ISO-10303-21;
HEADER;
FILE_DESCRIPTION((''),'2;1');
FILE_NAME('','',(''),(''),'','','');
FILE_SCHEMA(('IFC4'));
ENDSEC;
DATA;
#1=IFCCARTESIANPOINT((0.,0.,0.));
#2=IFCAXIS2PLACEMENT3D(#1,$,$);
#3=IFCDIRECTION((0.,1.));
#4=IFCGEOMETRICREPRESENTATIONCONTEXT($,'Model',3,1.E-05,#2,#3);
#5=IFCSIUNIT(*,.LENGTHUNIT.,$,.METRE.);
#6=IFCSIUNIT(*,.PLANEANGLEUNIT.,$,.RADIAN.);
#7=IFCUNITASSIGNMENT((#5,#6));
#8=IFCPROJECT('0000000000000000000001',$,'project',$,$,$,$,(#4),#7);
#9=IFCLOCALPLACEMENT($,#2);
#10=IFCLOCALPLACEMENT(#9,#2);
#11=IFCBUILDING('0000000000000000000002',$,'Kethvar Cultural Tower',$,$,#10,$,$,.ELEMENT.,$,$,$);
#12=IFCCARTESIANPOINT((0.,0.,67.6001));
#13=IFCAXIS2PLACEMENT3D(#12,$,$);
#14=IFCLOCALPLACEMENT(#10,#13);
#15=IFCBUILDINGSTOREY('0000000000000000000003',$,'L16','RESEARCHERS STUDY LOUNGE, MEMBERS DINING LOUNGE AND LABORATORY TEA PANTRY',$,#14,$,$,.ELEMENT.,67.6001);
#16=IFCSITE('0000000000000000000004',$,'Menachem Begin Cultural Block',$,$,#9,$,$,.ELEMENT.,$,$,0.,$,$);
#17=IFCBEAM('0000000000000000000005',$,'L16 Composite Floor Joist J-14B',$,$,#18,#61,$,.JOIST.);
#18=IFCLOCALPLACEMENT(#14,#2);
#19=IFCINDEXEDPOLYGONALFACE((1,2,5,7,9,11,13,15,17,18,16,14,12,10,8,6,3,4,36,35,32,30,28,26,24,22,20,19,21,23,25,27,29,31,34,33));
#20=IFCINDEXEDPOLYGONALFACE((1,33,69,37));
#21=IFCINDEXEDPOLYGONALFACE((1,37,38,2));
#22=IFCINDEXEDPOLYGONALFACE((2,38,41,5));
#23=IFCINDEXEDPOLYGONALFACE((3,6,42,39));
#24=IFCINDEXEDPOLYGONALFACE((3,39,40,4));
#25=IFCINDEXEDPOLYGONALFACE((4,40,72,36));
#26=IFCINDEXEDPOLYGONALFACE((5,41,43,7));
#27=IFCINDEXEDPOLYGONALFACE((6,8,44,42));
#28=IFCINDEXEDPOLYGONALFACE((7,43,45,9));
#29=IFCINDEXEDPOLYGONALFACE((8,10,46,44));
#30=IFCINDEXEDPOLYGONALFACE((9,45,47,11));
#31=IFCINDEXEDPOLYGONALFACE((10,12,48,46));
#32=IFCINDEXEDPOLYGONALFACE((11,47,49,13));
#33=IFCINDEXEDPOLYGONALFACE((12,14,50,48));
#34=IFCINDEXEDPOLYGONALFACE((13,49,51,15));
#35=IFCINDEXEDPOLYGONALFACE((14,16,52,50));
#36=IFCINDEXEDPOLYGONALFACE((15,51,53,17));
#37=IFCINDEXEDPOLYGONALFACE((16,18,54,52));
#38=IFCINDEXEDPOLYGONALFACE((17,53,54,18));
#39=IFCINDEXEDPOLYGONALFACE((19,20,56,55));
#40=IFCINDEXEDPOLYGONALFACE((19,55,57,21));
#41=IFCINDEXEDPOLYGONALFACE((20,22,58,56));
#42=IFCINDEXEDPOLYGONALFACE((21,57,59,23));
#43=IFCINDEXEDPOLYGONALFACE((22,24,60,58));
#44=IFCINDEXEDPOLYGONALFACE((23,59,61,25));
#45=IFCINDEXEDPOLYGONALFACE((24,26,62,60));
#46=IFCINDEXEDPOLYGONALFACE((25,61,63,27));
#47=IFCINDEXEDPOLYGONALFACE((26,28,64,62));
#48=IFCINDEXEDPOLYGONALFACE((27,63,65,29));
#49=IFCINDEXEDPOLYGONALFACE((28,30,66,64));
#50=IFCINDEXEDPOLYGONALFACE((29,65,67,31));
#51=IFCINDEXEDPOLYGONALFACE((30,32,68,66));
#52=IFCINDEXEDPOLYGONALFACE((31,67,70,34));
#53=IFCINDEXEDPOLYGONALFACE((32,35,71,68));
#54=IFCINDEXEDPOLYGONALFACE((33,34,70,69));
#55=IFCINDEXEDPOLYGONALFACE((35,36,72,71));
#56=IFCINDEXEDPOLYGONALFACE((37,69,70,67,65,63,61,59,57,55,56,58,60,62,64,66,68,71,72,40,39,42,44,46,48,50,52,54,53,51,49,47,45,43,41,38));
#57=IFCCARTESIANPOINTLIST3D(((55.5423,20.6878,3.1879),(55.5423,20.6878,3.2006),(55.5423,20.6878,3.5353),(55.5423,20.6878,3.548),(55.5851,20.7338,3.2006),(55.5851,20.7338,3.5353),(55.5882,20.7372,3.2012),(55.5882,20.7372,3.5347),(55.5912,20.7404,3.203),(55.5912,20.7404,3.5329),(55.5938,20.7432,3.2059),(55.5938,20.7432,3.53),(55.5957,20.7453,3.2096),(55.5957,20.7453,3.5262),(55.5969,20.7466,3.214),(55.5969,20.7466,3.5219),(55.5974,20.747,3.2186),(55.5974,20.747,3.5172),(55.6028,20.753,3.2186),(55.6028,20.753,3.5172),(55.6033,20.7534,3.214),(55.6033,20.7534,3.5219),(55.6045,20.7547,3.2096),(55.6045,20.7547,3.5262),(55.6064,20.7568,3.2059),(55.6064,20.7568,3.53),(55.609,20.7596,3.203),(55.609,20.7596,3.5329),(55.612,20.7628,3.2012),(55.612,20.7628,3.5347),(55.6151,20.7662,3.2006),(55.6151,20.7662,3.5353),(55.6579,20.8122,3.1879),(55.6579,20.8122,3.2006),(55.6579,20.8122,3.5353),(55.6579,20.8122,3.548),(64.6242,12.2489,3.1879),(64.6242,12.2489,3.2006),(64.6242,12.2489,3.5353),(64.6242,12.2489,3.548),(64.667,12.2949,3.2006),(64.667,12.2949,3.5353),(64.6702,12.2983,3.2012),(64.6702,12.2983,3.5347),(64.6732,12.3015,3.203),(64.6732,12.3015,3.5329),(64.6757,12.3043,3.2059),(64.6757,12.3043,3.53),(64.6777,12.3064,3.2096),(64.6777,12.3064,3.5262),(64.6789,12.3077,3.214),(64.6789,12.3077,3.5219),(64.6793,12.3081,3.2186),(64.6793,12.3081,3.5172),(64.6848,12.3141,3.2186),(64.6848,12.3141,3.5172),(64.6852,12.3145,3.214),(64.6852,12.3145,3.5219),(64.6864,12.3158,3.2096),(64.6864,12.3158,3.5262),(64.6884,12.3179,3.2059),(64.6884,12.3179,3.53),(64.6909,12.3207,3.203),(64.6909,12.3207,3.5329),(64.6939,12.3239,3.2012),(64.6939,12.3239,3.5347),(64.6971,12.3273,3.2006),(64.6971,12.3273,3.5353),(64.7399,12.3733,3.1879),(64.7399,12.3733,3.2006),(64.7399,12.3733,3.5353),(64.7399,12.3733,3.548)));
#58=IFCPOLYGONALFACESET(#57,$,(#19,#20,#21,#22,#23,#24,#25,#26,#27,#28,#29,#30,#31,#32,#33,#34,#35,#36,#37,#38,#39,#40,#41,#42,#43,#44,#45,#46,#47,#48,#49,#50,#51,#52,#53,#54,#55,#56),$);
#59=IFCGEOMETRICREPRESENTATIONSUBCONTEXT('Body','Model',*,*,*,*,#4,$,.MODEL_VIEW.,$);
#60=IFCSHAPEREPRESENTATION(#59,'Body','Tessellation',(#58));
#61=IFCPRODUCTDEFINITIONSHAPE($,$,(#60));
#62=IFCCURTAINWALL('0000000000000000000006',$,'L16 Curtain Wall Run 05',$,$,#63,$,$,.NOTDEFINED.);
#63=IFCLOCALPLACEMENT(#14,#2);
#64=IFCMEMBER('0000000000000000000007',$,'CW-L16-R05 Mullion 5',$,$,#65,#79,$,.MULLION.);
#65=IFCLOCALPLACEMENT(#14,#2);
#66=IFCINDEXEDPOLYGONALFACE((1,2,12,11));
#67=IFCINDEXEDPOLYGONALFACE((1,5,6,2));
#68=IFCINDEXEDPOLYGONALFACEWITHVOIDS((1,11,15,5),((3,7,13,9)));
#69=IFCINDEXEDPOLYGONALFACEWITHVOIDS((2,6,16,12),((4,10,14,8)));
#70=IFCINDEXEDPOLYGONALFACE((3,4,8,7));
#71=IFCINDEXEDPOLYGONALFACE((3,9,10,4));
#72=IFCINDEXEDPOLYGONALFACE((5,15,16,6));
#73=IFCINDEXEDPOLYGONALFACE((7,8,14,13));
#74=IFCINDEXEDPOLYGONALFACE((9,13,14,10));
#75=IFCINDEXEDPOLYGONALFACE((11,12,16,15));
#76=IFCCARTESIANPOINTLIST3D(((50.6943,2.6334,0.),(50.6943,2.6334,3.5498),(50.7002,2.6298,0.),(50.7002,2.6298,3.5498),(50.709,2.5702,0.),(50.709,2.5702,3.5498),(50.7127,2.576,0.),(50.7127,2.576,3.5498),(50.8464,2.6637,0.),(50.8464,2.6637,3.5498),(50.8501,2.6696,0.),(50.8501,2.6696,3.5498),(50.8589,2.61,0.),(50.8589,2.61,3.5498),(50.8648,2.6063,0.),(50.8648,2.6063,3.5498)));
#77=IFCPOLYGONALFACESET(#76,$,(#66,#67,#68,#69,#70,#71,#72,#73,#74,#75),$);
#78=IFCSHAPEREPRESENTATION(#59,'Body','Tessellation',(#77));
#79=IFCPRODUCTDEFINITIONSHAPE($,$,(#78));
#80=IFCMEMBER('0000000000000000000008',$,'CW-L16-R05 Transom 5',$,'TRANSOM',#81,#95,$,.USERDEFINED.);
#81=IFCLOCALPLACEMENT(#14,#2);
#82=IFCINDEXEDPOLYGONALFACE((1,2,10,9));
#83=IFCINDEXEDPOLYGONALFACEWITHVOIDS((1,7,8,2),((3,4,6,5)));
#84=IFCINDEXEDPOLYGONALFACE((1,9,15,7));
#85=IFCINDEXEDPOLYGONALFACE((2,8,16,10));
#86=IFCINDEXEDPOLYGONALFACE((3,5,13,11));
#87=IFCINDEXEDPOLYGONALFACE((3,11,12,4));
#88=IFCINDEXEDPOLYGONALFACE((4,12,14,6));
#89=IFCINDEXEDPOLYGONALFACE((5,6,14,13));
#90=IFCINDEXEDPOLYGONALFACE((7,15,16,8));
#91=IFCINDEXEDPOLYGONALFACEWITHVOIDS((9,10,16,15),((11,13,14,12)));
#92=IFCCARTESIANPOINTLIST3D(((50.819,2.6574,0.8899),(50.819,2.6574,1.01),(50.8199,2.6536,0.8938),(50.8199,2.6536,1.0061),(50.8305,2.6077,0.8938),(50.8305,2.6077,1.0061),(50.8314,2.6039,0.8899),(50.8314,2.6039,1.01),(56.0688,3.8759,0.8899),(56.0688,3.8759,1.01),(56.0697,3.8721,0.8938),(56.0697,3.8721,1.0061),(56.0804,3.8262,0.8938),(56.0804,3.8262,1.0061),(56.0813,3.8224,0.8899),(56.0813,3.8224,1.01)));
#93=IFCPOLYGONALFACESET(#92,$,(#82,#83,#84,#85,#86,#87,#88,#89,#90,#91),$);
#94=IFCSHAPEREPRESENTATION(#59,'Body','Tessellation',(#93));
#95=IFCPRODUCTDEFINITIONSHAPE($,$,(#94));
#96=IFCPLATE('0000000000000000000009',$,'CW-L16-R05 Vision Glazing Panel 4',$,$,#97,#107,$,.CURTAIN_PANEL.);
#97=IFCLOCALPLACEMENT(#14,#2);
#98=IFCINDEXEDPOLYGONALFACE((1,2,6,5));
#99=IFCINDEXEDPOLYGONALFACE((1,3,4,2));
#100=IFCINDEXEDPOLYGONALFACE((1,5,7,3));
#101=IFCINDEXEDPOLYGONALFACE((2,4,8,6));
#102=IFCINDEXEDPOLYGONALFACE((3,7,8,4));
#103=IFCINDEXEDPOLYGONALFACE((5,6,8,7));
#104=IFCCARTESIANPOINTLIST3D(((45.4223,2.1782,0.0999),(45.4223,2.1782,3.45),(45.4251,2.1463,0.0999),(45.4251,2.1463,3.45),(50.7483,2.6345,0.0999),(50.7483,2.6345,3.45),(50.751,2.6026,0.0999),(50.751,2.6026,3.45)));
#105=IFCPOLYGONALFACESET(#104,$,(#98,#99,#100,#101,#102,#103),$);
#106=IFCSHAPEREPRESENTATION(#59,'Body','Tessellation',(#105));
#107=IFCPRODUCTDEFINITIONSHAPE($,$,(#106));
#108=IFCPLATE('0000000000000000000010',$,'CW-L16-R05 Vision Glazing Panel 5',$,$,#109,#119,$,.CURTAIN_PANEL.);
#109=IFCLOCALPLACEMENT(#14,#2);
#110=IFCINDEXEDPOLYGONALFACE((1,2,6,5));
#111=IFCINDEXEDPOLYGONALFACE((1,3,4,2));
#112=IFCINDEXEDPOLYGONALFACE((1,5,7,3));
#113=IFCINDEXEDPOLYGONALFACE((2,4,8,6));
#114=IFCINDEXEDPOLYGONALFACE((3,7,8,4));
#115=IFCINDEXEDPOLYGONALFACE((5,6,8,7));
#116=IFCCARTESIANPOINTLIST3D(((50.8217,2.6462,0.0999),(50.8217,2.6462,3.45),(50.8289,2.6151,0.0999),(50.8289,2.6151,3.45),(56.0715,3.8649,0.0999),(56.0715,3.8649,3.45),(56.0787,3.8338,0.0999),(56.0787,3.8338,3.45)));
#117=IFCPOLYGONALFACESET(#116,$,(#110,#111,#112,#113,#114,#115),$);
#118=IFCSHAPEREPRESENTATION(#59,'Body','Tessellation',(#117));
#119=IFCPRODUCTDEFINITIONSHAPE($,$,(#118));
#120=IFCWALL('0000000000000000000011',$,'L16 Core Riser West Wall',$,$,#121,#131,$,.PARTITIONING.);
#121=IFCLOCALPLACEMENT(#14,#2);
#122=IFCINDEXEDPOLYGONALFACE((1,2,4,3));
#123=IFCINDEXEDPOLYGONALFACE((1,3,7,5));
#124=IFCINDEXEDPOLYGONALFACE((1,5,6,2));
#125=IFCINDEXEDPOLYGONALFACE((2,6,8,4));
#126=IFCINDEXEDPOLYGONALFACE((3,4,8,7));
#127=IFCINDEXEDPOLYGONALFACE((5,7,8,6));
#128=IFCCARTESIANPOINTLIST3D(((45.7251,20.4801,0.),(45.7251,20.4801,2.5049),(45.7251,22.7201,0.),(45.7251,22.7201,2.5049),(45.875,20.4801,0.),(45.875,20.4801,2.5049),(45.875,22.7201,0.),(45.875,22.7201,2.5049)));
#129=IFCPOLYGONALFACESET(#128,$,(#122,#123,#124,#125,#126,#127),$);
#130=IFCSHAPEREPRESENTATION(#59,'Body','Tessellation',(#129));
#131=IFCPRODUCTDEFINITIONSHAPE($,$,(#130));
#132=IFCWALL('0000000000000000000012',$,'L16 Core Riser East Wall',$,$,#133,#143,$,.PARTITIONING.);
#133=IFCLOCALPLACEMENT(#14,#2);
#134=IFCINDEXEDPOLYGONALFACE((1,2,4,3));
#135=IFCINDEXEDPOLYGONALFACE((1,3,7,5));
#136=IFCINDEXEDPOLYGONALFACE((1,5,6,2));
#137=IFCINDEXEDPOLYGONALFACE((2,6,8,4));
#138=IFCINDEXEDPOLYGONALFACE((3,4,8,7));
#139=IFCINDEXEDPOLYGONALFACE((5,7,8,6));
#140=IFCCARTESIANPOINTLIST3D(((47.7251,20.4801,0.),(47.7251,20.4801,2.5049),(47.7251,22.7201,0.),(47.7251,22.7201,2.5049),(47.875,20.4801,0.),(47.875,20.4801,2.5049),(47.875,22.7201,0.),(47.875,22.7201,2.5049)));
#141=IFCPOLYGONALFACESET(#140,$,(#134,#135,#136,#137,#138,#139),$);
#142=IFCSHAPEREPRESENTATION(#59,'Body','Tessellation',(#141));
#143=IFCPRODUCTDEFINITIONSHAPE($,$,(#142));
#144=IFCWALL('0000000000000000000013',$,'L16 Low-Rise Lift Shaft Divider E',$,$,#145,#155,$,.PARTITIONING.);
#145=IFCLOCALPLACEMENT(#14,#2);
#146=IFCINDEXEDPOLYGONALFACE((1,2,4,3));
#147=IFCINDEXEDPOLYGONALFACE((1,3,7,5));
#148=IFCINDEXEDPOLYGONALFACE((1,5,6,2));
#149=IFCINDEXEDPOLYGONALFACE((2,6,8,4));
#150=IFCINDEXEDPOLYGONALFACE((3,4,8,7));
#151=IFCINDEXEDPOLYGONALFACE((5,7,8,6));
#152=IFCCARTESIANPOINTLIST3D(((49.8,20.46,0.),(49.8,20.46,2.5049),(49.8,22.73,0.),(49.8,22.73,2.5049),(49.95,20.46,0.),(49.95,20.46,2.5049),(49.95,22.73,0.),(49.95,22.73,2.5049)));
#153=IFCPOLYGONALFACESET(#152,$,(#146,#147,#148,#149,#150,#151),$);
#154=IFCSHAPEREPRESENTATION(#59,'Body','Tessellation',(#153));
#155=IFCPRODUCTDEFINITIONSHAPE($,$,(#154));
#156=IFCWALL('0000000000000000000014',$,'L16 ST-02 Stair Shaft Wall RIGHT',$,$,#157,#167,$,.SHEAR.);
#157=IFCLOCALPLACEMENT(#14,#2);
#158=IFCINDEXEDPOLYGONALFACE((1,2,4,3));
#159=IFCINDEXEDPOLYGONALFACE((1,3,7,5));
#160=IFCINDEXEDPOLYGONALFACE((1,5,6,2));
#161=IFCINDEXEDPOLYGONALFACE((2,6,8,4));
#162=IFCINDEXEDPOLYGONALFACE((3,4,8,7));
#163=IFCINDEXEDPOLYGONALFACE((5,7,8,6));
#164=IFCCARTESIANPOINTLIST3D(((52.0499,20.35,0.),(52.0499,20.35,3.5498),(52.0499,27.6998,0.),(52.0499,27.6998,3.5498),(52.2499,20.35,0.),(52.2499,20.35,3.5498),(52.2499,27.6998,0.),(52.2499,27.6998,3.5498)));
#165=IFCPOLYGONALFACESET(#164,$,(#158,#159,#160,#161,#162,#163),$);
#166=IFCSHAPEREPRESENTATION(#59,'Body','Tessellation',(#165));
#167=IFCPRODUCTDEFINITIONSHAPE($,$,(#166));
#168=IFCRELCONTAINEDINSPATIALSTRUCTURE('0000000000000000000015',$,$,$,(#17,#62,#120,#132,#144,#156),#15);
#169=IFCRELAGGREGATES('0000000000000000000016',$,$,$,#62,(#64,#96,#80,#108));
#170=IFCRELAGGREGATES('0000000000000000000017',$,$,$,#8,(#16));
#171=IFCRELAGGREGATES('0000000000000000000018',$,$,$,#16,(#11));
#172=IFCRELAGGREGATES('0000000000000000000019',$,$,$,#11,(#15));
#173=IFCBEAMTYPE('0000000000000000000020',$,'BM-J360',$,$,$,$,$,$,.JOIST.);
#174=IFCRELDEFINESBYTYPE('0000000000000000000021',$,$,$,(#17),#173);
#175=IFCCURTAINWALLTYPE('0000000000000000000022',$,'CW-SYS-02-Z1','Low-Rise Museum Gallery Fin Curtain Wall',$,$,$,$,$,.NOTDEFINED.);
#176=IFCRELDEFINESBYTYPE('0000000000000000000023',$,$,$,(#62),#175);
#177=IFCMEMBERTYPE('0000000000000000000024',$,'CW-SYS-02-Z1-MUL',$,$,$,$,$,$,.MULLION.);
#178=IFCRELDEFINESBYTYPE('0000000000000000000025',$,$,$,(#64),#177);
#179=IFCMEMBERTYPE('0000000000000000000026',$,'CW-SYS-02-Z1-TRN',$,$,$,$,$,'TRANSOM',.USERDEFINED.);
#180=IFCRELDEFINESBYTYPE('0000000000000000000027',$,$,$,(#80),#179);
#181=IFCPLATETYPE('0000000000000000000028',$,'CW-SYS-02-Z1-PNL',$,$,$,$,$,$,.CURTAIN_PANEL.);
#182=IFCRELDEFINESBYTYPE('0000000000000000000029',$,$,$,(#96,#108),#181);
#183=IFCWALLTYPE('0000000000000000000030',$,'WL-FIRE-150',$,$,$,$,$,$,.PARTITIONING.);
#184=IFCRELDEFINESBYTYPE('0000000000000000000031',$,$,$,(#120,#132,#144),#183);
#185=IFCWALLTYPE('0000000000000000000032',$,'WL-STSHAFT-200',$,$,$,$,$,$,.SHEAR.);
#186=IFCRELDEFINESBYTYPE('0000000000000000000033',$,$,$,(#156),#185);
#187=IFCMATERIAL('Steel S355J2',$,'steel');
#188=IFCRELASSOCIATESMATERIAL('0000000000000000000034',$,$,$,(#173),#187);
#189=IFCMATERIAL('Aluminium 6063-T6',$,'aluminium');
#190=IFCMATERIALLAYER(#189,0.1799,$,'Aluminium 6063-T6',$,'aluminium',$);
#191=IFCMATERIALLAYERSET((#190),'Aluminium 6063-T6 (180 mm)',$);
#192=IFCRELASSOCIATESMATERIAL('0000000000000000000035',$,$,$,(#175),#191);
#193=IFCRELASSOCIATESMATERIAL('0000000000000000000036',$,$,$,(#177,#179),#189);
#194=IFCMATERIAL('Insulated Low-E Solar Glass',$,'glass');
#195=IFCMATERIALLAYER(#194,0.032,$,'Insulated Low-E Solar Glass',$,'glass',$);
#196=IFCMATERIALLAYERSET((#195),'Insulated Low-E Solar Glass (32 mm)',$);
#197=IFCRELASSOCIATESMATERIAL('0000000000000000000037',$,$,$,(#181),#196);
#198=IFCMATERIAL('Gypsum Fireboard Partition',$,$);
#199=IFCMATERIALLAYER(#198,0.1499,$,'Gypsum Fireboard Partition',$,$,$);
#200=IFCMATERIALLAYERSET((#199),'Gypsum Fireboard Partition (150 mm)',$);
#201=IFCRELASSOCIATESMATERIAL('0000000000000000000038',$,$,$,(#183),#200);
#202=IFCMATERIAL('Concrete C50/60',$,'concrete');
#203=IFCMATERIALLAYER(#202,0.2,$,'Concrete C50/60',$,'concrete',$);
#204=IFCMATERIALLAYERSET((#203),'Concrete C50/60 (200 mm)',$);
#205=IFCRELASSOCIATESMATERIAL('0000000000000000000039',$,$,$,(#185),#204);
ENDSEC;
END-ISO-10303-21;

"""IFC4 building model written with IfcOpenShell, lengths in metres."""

from ifc_helpers import new_model, si_unit, direction, frame, frame_2d, origin, origin_2d, place, context, subcontext, project, spatial, rectangle, hollow_rectangle, i_section, extrude, source, transform, mapped, material, layer, layer_set, material_profile, profile_set, type_object, element, aggregate, save


model = new_model("IFC4")

# Units and contexts
model_context = context("Model", 3, precision=1e-05, world=origin(), true_north=direction((0.0, 1.0)))
body_context = subcontext(model_context, "Body", "Model", "MODEL_VIEW")
ifc_project = project(units=[si_unit("LENGTHUNIT", "METRE"), si_unit("PLANEANGLEUNIT", "RADIAN")], contexts=[model_context])

# Site, building, storey
site_placement = place(None, origin())
site = spatial("IfcSite", under=ifc_project, at=site_placement, Name="Menachem Begin Cultural Block", CompositionType="ELEMENT", RefElevation=0.0)
building_placement = place(site_placement, origin())
building = spatial("IfcBuilding", under=site, at=building_placement, Name="Kethvar Cultural Tower", CompositionType="ELEMENT")
storey_placement = place(building_placement, frame((0.0, 0.0, 67.6001)))
storey = spatial("IfcBuildingStorey", under=building, at=storey_placement, Name="L16", Description="RESEARCHERS STUDY LOUNGE, MEMBERS DINING LOUNGE AND LABORATORY TEA PANTRY", CompositionType="ELEMENT", Elevation=67.6001)

# Beam
ifc_material_1 = material(Name="Steel S355J2", Category="steel")
ifc_material_profile_1 = material_profile(ifc_material_1, i_section(OverallWidth=0.1699, OverallDepth=0.3601, WebThickness=0.0081, FlangeThickness=0.0127, FilletRadius=0.0181, at=origin_2d()), Name="Steel S355J2 — IPE360")
ifc_profile_set_1 = profile_set([ifc_material_profile_1], Name="Steel S355J2 — IPE360")
beam_type_1 = type_object("IfcBeamType", Name="BM-J360", PredefinedType="JOIST", material=ifc_profile_set_1)
shared_shape_1 = source(origin(), body_context, "Body", "SweptSolid", [
    extrude(i_section(OverallWidth=0.1699, OverallDepth=0.3601, WebThickness=0.0081, FlangeThickness=0.0127, FilletRadius=0.0181, at=origin_2d()), origin(), (0.0, 0.0, 1.0), 12.3975),
])
beam_1_placement = place(storey_placement, frame((55.6001, 20.75, 3.3679), z_axis=(0.732566, -0.680696, 0.0), x_axis=(0.680696, 0.732566, 0.0)))
element("IfcBeam", 1, at=beam_1_placement, inside=storey, type_object=beam_type_1, Name="L16 Composite Floor Joist J-14B", PredefinedType="JOIST", context=body_context, shape_type="MappedRepresentation", body=[
    mapped(shared_shape_1, transform((0.0, 0.0, 0.0), scale=1.0)),
])

# Curtain wall, members, plates
ifc_material_2 = material(Name="Aluminium 6063-T6", Category="aluminium")
ifc_layer_1 = layer(ifc_material_2, 0.1799, Name="Aluminium 6063-T6", Category="aluminium")
ifc_layer_set_1 = layer_set([ifc_layer_1], Name="Aluminium 6063-T6 (180 mm)")
curtain_wall_type = type_object("IfcCurtainWallType", Name="CW-SYS-02-Z1", Description="Low-Rise Museum Gallery Fin Curtain Wall", PredefinedType="NOTDEFINED", material=ifc_layer_set_1)
curtain_wall_placement = place(storey_placement, origin())
curtain_wall = element("IfcCurtainWall", 2, at=curtain_wall_placement, inside=storey, type_object=curtain_wall_type, Name="L16 Curtain Wall Run 05", PredefinedType="NOTDEFINED")
ifc_material_profile_2 = material_profile(ifc_material_2, hollow_rectangle(XDim=0.0649, YDim=0.1599, WallThickness=0.0049, at=origin_2d()), Name="Aluminium 6063-T6 — RHS160x65x5")
ifc_profile_set_2 = profile_set([ifc_material_profile_2], Name="Aluminium 6063-T6 — RHS160x65x5")
member_type_1 = type_object("IfcMemberType", Name="CW-SYS-02-Z1-MUL", PredefinedType="MULLION", material=ifc_profile_set_2)
shared_shape_2 = source(origin(), body_context, "Body", "SweptSolid", [
    extrude(hollow_rectangle(XDim=0.0649, YDim=0.1599, WallThickness=0.0049, at=origin_2d()), origin(), (0.0, 0.0, 1.0), 3.5498),
])
member_1_placement = place(storey_placement, frame((50.7795, 2.6199, 0.0), z_axis=(0.0, 0.0, 1.0), x_axis=(-0.226124, 0.974098, 0.0)))
member_1 = element("IfcMember", 3, at=member_1_placement, type_object=member_type_1, Name="CW-L16-R05 Mullion 5", PredefinedType="MULLION", context=body_context, shape_type="MappedRepresentation", body=[
    mapped(shared_shape_2, transform((0.0, 0.0, 0.0), scale=1.0)),
])
ifc_material_profile_3 = material_profile(ifc_material_2, hollow_rectangle(XDim=0.0549, YDim=0.1201, WallThickness=0.0039, at=origin_2d()), Name="Aluminium 6063-T6 — RHS120x55x4")
ifc_profile_set_3 = profile_set([ifc_material_profile_3], Name="Aluminium 6063-T6 — RHS120x55x4")
member_type_2 = type_object("IfcMemberType", Name="CW-SYS-02-Z1-TRN", ElementType="TRANSOM", PredefinedType="USERDEFINED", material=ifc_profile_set_3)
shared_shape_3 = source(origin(), body_context, "Body", "SweptSolid", [
    extrude(hollow_rectangle(XDim=0.0549, YDim=0.1201, WallThickness=0.0039, at=origin_2d()), origin(), (0.0, 0.0, 1.0), 5.3894),
])
member_2_placement = place(storey_placement, frame((50.8252, 2.6306, 0.95), z_axis=(0.974105, 0.226097, 0.0), x_axis=(-0.226097, 0.974105, 0.0)))
member_2 = element("IfcMember", 4, at=member_2_placement, type_object=member_type_2, Name="CW-L16-R05 Transom 5", ObjectType="TRANSOM", PredefinedType="USERDEFINED", context=body_context, shape_type="MappedRepresentation", body=[
    mapped(shared_shape_3, transform((0.0, 0.0, 0.0), scale=1.0)),
])
ifc_material_3 = material(Name="Insulated Low-E Solar Glass", Category="glass")
ifc_layer_2 = layer(ifc_material_3, 0.032, Name="Insulated Low-E Solar Glass", Category="glass")
ifc_layer_set_2 = layer_set([ifc_layer_2], Name="Insulated Low-E Solar Glass (32 mm)")
plate_type = type_object("IfcPlateType", Name="CW-SYS-02-Z1-PNL", PredefinedType="CURTAIN_PANEL", material=ifc_layer_set_2)
shared_shape_4 = source(origin(), body_context, "Body", "SweptSolid", [
    extrude(rectangle(XDim=5.3455, YDim=0.032, at=origin_2d()), origin(), (0.0, 0.0, 1.0), 3.3501),
])
plate_1_placement = place(storey_placement, frame((48.0867, 2.3904, 0.0999), z_axis=(0.0, 0.0, 1.0), x_axis=(0.99635, 0.085365, 0.0)))
plate_1 = element("IfcPlate", 5, at=plate_1_placement, type_object=plate_type, Name="CW-L16-R05 Vision Glazing Panel 4", PredefinedType="CURTAIN_PANEL", context=body_context, shape_type="MappedRepresentation", body=[
    mapped(shared_shape_4, transform((0.0, 0.0, 0.0), scale=1.0)),
])
shared_shape_5 = source(origin(), body_context, "Body", "SweptSolid", [
    extrude(rectangle(XDim=5.3894, YDim=0.032, at=origin_2d()), origin(), (0.0, 0.0, 1.0), 3.3501),
])
plate_2_placement = place(storey_placement, frame((53.4502, 3.24, 0.0999), z_axis=(0.0, 0.0, 1.0), x_axis=(0.974098, 0.226124, 0.0)))
plate_2 = element("IfcPlate", 6, at=plate_2_placement, type_object=plate_type, Name="CW-L16-R05 Vision Glazing Panel 5", PredefinedType="CURTAIN_PANEL", context=body_context, shape_type="MappedRepresentation", body=[
    mapped(shared_shape_5, transform((0.0, 0.0, 0.0), scale=1.0)),
])
aggregate(curtain_wall, [member_1, plate_1, member_2, plate_2])

# Walls
ifc_material_4 = material(Name="Gypsum Fireboard Partition")
ifc_layer_3 = layer(ifc_material_4, 0.1499, Name="Gypsum Fireboard Partition")
ifc_layer_set_3 = layer_set([ifc_layer_3], Name="Gypsum Fireboard Partition (150 mm)")
wall_type_1 = type_object("IfcWallType", Name="WL-FIRE-150", PredefinedType="PARTITIONING", material=ifc_layer_set_3)
for number, where, z_axis, x_axis, name in (
    (7, (45.8, 20.48, 0.0), (0.0, 0.0, 1.0), (0.0, 1.0, 0.0), "L16 Core Riser West Wall"),
    (8, (47.8, 20.48, 0.0), (0.0, 0.0, 1.0), (0.0, 1.0, 0.0), "L16 Core Riser East Wall"),
):
    element("IfcWall", number, at=place(storey_placement, frame(where, z_axis=z_axis, x_axis=x_axis)), inside=storey, type_object=wall_type_1, Name=name, PredefinedType="PARTITIONING", context=body_context, shape_type="SweptSolid", body=[
        extrude(rectangle(XDim=2.24, YDim=0.1499, at=frame_2d((1.1201, 0.0))), origin(), (0.0, 0.0, 1.0), 2.5049),
    ])
wall_1_placement = place(storey_placement, frame((49.875, 20.46, 0.0), z_axis=(0.0, 0.0, 1.0), x_axis=(0.0, 1.0, 0.0)))
element("IfcWall", 9, at=wall_1_placement, inside=storey, type_object=wall_type_1, Name="L16 Low-Rise Lift Shaft Divider E", PredefinedType="PARTITIONING", context=body_context, shape_type="SweptSolid", body=[
    extrude(rectangle(XDim=2.27, YDim=0.1499, at=frame_2d((1.135, 0.0))), origin(), (0.0, 0.0, 1.0), 2.5049),
])
ifc_material_5 = material(Name="Concrete C50/60", Category="concrete")
ifc_layer_4 = layer(ifc_material_5, 0.2, Name="Concrete C50/60", Category="concrete")
ifc_layer_set_4 = layer_set([ifc_layer_4], Name="Concrete C50/60 (200 mm)")
wall_type_2 = type_object("IfcWallType", Name="WL-STSHAFT-200", PredefinedType="SHEAR", material=ifc_layer_set_4)
wall_2_placement = place(storey_placement, frame((52.1499, 20.3501, 0.0), z_axis=(0.0, 0.0, 1.0), x_axis=(0.0, 1.0, 0.0)))
element("IfcWall", 10, at=wall_2_placement, inside=storey, type_object=wall_type_2, Name="L16 ST-02 Stair Shaft Wall RIGHT", PredefinedType="SHEAR", context=body_context, shape_type="SweptSolid", body=[
    extrude(rectangle(XDim=7.3499, YDim=0.2, at=frame_2d((3.6748, 0.0))), origin(), (0.0, 0.0, 1.0), 3.5498),
])

save(model, "model.ifc")
